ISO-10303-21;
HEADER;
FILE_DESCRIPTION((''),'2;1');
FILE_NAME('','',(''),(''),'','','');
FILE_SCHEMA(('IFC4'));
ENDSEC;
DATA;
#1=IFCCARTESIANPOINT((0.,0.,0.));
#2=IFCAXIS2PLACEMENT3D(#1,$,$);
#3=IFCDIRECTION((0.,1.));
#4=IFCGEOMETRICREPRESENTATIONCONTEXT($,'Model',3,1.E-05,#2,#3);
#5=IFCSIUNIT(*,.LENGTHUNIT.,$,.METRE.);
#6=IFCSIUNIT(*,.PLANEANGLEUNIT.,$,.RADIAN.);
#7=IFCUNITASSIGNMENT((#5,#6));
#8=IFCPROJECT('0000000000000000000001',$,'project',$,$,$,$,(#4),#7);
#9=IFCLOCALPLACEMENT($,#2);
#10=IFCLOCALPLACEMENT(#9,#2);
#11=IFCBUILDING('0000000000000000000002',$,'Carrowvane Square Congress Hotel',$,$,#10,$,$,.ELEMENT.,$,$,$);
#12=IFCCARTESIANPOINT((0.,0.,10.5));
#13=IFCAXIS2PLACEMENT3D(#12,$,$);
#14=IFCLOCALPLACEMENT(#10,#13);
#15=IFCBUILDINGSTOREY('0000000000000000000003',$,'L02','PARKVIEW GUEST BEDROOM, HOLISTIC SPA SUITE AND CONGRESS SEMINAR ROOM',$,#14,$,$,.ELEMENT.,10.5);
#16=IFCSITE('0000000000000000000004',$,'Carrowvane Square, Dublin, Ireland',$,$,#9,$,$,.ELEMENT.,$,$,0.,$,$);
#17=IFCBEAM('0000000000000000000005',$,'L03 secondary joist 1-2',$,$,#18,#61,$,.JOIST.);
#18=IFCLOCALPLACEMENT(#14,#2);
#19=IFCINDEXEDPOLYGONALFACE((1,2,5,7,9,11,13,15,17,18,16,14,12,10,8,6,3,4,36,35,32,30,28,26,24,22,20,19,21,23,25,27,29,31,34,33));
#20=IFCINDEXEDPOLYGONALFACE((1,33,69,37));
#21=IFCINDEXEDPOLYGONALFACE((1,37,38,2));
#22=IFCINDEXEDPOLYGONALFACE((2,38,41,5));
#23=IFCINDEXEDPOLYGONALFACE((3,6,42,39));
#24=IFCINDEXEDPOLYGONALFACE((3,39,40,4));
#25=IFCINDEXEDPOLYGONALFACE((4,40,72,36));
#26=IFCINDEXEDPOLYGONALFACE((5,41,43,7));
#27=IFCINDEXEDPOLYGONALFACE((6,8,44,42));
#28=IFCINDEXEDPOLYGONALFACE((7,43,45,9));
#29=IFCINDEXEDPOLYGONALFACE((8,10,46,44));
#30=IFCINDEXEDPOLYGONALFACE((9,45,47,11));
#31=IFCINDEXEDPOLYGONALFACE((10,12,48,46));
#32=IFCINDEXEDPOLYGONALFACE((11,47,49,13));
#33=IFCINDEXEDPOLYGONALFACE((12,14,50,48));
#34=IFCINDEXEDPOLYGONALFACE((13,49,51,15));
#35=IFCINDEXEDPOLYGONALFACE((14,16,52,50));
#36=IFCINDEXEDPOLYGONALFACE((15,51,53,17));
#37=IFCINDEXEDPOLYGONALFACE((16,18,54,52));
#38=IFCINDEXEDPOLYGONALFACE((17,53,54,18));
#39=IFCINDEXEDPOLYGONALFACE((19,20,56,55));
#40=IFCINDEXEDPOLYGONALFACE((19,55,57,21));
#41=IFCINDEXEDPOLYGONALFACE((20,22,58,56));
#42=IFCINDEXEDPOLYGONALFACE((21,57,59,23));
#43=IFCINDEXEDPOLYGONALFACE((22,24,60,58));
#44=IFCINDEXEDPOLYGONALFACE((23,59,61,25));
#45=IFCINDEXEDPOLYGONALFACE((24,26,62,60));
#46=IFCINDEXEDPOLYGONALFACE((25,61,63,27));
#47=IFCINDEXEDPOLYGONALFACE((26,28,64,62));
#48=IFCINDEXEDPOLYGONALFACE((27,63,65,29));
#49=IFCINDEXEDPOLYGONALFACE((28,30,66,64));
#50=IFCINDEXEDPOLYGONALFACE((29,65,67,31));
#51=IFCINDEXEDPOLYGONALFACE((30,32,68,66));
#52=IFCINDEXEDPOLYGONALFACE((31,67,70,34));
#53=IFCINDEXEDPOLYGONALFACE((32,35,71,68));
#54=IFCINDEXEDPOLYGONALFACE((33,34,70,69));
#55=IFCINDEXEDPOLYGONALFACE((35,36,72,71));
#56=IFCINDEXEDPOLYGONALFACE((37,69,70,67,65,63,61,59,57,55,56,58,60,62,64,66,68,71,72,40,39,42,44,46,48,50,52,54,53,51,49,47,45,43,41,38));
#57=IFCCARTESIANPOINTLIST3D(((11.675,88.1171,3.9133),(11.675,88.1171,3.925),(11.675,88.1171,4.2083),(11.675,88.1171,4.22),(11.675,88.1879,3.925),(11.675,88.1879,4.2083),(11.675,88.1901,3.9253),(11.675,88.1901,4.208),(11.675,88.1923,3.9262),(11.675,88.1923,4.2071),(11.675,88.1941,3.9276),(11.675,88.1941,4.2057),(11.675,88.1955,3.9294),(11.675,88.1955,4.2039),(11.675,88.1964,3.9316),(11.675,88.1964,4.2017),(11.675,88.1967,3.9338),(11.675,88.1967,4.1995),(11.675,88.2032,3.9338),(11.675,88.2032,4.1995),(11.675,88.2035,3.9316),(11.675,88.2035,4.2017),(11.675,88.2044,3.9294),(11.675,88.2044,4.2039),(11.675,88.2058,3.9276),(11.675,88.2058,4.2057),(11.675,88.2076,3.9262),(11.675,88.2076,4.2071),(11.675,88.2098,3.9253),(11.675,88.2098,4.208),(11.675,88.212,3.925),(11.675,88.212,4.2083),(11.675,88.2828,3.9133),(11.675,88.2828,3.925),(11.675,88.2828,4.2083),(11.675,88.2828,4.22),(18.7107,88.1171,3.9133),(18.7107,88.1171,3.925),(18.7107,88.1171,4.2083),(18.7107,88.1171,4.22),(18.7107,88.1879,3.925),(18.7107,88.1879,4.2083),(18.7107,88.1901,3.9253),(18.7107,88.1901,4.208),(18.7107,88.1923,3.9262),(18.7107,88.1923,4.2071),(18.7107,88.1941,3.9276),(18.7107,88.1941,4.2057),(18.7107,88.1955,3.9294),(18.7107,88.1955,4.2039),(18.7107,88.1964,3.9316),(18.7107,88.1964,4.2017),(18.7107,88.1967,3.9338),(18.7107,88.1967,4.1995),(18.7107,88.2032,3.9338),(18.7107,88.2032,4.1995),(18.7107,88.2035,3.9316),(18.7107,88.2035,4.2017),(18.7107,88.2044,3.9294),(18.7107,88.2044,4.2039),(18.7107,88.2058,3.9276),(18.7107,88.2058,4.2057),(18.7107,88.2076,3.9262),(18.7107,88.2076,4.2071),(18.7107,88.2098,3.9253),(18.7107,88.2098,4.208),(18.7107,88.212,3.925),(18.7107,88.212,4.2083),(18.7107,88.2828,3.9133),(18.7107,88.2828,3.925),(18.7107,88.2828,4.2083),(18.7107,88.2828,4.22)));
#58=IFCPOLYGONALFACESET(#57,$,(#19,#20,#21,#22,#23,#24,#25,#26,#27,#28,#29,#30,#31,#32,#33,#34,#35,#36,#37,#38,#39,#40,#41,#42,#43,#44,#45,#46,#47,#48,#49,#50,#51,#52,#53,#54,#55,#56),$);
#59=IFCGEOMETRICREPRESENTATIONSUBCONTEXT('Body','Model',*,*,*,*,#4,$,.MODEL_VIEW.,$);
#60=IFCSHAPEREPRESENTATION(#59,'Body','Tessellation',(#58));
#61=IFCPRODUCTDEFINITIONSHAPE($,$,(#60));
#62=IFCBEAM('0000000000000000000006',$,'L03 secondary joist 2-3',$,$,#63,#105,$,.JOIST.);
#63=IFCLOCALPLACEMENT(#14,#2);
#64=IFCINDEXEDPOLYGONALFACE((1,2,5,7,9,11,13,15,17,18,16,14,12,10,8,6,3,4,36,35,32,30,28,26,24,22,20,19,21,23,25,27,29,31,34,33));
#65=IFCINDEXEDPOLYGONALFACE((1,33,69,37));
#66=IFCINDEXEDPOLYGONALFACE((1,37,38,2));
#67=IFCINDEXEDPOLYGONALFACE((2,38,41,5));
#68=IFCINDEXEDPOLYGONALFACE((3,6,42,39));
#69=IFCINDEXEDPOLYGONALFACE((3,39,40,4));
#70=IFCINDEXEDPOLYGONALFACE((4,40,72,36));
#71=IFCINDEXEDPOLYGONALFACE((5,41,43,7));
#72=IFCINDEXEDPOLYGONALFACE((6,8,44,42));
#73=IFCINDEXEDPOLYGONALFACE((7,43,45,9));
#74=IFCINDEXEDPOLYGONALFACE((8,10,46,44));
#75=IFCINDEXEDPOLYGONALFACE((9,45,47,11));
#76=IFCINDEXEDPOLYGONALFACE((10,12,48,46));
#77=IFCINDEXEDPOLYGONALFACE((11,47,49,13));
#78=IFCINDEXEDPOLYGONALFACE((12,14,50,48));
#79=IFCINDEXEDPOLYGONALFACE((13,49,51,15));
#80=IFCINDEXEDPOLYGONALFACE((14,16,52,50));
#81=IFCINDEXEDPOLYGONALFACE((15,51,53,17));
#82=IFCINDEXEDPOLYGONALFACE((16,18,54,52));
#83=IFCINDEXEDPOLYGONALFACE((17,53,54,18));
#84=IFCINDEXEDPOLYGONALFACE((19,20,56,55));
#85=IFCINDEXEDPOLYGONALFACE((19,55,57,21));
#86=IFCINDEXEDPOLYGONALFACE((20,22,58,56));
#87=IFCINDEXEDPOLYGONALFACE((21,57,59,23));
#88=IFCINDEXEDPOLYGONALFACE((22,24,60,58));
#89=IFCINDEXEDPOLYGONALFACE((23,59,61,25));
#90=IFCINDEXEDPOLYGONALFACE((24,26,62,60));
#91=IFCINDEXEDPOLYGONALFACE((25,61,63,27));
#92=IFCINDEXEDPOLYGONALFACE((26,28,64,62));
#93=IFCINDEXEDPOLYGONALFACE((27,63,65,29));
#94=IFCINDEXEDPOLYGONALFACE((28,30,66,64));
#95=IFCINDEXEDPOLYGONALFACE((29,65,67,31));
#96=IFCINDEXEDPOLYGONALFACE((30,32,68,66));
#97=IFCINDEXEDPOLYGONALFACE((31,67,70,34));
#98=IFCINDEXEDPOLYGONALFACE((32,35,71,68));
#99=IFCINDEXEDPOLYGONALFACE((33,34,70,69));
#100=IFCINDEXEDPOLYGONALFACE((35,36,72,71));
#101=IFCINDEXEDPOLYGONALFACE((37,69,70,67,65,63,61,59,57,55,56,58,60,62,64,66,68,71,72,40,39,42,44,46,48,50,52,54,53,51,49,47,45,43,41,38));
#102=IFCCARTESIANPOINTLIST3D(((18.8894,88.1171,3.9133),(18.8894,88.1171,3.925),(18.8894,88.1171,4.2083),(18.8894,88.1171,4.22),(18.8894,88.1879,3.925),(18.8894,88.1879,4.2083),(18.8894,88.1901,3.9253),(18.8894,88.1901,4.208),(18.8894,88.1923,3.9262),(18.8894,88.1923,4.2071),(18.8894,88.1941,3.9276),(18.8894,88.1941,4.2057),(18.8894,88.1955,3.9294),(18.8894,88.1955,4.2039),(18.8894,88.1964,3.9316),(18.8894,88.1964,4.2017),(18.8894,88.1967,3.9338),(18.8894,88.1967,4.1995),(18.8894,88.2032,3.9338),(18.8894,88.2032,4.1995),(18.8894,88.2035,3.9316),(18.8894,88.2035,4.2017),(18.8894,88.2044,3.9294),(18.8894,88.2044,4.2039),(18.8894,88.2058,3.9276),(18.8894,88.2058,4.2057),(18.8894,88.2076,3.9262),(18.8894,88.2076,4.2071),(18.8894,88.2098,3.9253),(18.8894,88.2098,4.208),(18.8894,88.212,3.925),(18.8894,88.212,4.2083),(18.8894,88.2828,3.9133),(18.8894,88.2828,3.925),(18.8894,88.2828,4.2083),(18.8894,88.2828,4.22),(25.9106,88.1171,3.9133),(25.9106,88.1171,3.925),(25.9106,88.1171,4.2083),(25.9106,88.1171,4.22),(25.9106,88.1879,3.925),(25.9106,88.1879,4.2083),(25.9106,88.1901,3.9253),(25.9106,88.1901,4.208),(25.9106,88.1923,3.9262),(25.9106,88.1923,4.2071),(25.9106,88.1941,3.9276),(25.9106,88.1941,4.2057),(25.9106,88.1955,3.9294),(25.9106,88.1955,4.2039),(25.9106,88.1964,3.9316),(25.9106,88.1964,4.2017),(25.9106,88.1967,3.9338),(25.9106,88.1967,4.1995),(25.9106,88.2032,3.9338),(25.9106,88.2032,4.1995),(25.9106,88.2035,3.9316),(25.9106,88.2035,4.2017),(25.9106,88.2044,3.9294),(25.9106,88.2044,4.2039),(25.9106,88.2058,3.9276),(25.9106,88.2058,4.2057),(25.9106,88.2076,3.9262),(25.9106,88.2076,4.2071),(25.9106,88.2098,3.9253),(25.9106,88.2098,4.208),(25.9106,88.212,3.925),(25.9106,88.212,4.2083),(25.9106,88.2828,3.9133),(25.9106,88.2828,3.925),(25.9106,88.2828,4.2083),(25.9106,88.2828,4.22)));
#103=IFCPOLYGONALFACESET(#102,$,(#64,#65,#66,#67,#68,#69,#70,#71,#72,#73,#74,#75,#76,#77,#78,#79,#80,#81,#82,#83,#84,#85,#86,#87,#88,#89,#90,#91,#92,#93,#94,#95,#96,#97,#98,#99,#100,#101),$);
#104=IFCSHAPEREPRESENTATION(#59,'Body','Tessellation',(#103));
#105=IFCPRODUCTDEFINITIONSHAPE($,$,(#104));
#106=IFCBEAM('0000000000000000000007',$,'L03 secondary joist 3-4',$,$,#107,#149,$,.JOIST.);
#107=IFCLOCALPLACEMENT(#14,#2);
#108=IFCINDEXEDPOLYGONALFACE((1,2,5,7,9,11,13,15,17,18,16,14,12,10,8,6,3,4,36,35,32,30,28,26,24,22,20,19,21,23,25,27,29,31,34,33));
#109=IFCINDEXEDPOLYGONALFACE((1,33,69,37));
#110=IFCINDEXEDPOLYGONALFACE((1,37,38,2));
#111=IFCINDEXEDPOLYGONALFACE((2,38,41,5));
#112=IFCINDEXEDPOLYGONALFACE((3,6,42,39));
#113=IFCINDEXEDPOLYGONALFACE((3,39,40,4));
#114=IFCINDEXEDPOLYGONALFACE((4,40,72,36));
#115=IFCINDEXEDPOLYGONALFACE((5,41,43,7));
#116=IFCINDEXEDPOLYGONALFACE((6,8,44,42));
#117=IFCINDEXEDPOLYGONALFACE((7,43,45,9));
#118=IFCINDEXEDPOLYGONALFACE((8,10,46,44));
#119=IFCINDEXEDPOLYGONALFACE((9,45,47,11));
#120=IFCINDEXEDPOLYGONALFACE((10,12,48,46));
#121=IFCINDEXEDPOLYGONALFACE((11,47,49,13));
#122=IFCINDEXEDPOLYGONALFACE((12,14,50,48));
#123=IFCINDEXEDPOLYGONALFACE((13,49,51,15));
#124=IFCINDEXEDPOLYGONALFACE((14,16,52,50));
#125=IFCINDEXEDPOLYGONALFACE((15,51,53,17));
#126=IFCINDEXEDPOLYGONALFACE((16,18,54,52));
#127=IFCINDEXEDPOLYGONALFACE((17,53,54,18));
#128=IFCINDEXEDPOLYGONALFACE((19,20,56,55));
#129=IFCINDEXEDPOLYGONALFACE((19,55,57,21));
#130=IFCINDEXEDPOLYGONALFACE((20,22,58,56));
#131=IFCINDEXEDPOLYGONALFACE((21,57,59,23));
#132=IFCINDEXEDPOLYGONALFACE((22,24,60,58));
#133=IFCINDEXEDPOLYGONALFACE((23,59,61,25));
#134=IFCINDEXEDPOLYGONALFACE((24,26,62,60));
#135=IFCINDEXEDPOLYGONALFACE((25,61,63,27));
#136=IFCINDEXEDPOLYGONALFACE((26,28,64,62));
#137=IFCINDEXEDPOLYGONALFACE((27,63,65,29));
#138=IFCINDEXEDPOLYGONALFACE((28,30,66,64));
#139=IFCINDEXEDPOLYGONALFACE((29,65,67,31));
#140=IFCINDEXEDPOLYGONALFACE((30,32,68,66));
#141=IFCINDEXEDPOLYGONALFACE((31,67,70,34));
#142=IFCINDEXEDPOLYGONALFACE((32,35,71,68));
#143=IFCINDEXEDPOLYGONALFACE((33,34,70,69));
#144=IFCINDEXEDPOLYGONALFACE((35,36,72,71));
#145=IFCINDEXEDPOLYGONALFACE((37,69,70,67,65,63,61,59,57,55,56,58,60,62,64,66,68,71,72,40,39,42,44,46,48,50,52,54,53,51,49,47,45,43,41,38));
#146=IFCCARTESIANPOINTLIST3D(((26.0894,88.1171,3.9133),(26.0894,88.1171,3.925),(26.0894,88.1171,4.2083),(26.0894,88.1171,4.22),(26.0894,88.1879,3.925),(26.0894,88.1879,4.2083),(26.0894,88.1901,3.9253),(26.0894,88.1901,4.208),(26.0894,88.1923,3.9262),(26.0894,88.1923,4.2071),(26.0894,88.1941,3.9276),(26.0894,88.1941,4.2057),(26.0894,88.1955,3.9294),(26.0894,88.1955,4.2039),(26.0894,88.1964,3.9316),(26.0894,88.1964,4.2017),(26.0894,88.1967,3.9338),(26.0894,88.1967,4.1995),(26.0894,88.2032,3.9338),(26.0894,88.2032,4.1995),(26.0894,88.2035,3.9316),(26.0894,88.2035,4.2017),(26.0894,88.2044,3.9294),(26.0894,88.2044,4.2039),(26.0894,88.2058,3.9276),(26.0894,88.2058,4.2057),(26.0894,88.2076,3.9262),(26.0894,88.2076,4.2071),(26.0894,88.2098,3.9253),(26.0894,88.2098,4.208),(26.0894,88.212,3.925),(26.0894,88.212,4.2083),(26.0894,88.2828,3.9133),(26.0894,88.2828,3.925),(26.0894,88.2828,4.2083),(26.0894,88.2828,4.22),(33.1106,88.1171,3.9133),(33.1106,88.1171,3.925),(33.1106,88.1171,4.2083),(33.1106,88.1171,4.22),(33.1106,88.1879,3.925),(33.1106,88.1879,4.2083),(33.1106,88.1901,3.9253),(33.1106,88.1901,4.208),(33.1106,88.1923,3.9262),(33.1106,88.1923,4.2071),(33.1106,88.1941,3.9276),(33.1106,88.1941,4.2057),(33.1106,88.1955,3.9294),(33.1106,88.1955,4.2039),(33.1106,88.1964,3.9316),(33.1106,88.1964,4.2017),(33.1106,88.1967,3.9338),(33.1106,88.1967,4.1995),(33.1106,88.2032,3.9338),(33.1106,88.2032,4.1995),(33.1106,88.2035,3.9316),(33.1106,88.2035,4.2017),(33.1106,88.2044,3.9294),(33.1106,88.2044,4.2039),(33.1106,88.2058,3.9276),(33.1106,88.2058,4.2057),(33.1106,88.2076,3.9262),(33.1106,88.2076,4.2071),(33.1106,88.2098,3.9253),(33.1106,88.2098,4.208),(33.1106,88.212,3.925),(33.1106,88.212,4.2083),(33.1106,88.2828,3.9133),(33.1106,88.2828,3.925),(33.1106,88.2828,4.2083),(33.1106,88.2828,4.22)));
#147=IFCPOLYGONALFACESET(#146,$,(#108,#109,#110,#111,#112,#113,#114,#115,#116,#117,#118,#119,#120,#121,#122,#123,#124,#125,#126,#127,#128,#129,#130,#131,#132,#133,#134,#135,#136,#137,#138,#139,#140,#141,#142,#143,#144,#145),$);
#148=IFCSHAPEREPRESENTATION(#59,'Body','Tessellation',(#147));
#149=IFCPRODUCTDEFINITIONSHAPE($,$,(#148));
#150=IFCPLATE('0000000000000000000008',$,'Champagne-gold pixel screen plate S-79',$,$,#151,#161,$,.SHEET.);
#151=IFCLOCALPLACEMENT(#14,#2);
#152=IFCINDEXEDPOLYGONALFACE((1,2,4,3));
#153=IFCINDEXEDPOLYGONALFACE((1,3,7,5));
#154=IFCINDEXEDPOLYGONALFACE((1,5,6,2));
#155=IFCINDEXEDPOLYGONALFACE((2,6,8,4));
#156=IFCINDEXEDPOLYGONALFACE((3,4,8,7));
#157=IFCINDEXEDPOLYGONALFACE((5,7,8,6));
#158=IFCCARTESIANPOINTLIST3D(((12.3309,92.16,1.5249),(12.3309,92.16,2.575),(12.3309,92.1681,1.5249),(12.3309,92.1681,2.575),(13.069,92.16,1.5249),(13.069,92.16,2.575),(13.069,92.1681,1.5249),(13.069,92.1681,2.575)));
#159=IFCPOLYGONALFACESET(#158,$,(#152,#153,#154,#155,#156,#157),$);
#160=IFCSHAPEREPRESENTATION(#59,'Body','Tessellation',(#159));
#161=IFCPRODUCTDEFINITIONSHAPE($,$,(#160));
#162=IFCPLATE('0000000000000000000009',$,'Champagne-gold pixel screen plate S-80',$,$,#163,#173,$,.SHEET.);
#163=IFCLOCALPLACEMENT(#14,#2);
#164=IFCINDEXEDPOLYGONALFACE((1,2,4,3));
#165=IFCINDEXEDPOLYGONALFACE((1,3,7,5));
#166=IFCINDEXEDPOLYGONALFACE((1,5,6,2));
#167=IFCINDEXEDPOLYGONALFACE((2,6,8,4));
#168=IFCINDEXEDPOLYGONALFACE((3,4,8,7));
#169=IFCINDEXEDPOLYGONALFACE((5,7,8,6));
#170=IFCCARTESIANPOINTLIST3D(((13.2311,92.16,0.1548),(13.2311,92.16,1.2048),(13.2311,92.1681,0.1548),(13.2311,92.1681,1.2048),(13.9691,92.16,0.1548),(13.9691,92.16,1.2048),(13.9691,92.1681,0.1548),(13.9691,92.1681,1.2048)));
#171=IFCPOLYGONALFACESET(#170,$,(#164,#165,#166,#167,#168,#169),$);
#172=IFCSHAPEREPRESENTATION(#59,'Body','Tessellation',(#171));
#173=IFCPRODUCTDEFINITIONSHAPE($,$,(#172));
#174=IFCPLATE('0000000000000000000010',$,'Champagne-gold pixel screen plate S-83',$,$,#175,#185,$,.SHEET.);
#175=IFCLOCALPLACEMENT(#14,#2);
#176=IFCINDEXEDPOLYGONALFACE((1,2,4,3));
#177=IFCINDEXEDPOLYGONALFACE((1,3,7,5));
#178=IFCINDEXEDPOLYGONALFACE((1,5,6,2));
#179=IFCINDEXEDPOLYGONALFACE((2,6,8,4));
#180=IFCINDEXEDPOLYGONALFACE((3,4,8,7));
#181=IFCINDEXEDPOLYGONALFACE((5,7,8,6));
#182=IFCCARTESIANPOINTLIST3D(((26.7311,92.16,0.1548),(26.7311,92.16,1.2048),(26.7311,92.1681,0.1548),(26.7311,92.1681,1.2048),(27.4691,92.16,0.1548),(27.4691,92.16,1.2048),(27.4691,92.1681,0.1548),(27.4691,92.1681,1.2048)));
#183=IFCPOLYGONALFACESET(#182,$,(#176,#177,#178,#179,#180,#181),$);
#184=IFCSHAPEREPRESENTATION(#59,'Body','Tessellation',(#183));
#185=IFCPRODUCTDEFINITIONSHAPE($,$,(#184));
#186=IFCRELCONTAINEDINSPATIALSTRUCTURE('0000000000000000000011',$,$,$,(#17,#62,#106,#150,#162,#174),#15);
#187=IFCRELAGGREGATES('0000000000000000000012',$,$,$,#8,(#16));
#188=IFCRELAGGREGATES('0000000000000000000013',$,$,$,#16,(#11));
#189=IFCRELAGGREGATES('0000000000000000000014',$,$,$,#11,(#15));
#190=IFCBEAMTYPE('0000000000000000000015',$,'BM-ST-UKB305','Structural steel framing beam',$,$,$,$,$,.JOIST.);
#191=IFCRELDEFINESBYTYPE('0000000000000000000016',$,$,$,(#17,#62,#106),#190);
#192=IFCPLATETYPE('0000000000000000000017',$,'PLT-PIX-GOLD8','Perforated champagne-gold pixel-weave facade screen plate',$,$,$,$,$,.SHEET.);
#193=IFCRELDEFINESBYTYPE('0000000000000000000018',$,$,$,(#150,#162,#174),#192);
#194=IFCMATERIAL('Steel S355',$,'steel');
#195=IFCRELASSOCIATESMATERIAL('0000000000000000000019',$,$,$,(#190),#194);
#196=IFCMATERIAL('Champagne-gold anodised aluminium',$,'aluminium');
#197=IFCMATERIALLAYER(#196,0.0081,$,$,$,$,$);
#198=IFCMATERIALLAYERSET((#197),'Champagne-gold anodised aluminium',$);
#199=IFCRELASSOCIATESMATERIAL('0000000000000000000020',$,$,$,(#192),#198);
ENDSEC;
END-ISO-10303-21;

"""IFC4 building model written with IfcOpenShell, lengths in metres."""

from ifc_helpers import new_model, si_unit, direction, frame, origin, origin_2d, place, context, subcontext, project, spatial, rectangle, i_section, extrude, material, layer, layer_set, material_profile, profile_set, type_object, element, save


model = new_model("IFC4")

# Units and contexts
model_context = context("Model", 3, precision=1e-05, world=origin(), true_north=direction((0.0, 1.0)))
body_context = subcontext(model_context, "Body", "Model", "MODEL_VIEW")
ifc_project = project(units=[si_unit("LENGTHUNIT", "METRE"), si_unit("PLANEANGLEUNIT", "RADIAN")], contexts=[model_context])

# Site, building, storey
site_placement = place(None, origin())
site = spatial("IfcSite", under=ifc_project, at=site_placement, Name="Carrowvane Square, Dublin, Ireland", CompositionType="ELEMENT", RefElevation=0.0)
building_placement = place(site_placement, origin())
building = spatial("IfcBuilding", under=site, at=building_placement, Name="Carrowvane Square Congress Hotel", CompositionType="ELEMENT")
storey_placement = place(building_placement, frame((0.0, 0.0, 10.5)))
storey = spatial("IfcBuildingStorey", under=building, at=storey_placement, Name="L02", Description="PARKVIEW GUEST BEDROOM, HOLISTIC SPA SUITE AND CONGRESS SEMINAR ROOM", CompositionType="ELEMENT", Elevation=10.5)

# Beams
ifc_material_1 = material(Name="Steel S355", Category="steel")
ifc_material_profile_1 = material_profile(ifc_material_1, i_section(OverallWidth=0.1658, OverallDepth=0.3066, WebThickness=0.0066, FlangeThickness=0.0117, FilletRadius=0.0088, at=origin_2d()), Name="UKB 305x165x46")
ifc_profile_set_1 = profile_set([ifc_material_profile_1], Name="Steel S355")
beam_type_1 = type_object("IfcBeamType", Name="BM-ST-UKB305", Description="Structural steel framing beam", PredefinedType="JOIST", material=ifc_profile_set_1)
beam_1_placement = place(storey_placement, frame((11.675, 88.2, 4.0667), z_axis=(1.0, 0.0, 0.0), x_axis=(0.0, 1.0, 0.0)))
element("IfcBeam", 1, at=beam_1_placement, inside=storey, type_object=beam_type_1, Name="L03 secondary joist 1-2", PredefinedType="JOIST", context=body_context, shape_type="SweptSolid", body=[
    extrude(i_section(OverallWidth=0.1658, OverallDepth=0.3066, WebThickness=0.0066, FlangeThickness=0.0117, FilletRadius=0.0088, at=origin_2d()), origin(), (0.0, 0.0, 1.0), 7.0356),
])
for number, where, z_axis, x_axis, name in (
    (2, (18.8894, 88.2, 4.0667), (1.0, 0.0, 0.0), (0.0, 1.0, 0.0), "L03 secondary joist 2-3"),
    (3, (26.0894, 88.2, 4.0667), (1.0, 0.0, 0.0), (0.0, 1.0, 0.0), "L03 secondary joist 3-4"),
):
    element("IfcBeam", number, at=place(storey_placement, frame(where, z_axis=z_axis, x_axis=x_axis)), inside=storey, type_object=beam_type_1, Name=name, PredefinedType="JOIST", context=body_context, shape_type="SweptSolid", body=[
        extrude(i_section(OverallWidth=0.1658, OverallDepth=0.3066, WebThickness=0.0066, FlangeThickness=0.0117, FilletRadius=0.0088, at=origin_2d()), origin(), (0.0, 0.0, 1.0), 7.0212),
    ])

# Plates
ifc_material_2 = material(Name="Champagne-gold anodised aluminium", Category="aluminium")
ifc_layer_1 = layer(ifc_material_2, 0.0081)
ifc_layer_set_1 = layer_set([ifc_layer_1], Name="Champagne-gold anodised aluminium")
plate_type = type_object("IfcPlateType", Name="PLT-PIX-GOLD8", Description="Perforated champagne-gold pixel-weave facade screen plate", PredefinedType="SHEET", material=ifc_layer_set_1)
for number, where, z_axis, x_axis, name in (
    (4, (12.7, 92.1641, 1.5249), (0.0, 0.0, 1.0), (1.0, 0.0, 0.0), "Champagne-gold pixel screen plate S-79"),
    (5, (13.6001, 92.1641, 0.1548), (0.0, 0.0, 1.0), (1.0, 0.0, 0.0), "Champagne-gold pixel screen plate S-80"),
    (6, (27.1001, 92.1641, 0.1548), (0.0, 0.0, 1.0), (1.0, 0.0, 0.0), "Champagne-gold pixel screen plate S-83"),
):
    element("IfcPlate", number, at=place(storey_placement, frame(where, z_axis=z_axis, x_axis=x_axis)), inside=storey, type_object=plate_type, Name=name, PredefinedType="SHEET", context=body_context, shape_type="SweptSolid", body=[
        extrude(rectangle(XDim=0.738, YDim=0.0081, at=origin_2d()), origin(), (0.0, 0.0, 1.0), 1.05),
    ])

save(model, "model.ifc")
